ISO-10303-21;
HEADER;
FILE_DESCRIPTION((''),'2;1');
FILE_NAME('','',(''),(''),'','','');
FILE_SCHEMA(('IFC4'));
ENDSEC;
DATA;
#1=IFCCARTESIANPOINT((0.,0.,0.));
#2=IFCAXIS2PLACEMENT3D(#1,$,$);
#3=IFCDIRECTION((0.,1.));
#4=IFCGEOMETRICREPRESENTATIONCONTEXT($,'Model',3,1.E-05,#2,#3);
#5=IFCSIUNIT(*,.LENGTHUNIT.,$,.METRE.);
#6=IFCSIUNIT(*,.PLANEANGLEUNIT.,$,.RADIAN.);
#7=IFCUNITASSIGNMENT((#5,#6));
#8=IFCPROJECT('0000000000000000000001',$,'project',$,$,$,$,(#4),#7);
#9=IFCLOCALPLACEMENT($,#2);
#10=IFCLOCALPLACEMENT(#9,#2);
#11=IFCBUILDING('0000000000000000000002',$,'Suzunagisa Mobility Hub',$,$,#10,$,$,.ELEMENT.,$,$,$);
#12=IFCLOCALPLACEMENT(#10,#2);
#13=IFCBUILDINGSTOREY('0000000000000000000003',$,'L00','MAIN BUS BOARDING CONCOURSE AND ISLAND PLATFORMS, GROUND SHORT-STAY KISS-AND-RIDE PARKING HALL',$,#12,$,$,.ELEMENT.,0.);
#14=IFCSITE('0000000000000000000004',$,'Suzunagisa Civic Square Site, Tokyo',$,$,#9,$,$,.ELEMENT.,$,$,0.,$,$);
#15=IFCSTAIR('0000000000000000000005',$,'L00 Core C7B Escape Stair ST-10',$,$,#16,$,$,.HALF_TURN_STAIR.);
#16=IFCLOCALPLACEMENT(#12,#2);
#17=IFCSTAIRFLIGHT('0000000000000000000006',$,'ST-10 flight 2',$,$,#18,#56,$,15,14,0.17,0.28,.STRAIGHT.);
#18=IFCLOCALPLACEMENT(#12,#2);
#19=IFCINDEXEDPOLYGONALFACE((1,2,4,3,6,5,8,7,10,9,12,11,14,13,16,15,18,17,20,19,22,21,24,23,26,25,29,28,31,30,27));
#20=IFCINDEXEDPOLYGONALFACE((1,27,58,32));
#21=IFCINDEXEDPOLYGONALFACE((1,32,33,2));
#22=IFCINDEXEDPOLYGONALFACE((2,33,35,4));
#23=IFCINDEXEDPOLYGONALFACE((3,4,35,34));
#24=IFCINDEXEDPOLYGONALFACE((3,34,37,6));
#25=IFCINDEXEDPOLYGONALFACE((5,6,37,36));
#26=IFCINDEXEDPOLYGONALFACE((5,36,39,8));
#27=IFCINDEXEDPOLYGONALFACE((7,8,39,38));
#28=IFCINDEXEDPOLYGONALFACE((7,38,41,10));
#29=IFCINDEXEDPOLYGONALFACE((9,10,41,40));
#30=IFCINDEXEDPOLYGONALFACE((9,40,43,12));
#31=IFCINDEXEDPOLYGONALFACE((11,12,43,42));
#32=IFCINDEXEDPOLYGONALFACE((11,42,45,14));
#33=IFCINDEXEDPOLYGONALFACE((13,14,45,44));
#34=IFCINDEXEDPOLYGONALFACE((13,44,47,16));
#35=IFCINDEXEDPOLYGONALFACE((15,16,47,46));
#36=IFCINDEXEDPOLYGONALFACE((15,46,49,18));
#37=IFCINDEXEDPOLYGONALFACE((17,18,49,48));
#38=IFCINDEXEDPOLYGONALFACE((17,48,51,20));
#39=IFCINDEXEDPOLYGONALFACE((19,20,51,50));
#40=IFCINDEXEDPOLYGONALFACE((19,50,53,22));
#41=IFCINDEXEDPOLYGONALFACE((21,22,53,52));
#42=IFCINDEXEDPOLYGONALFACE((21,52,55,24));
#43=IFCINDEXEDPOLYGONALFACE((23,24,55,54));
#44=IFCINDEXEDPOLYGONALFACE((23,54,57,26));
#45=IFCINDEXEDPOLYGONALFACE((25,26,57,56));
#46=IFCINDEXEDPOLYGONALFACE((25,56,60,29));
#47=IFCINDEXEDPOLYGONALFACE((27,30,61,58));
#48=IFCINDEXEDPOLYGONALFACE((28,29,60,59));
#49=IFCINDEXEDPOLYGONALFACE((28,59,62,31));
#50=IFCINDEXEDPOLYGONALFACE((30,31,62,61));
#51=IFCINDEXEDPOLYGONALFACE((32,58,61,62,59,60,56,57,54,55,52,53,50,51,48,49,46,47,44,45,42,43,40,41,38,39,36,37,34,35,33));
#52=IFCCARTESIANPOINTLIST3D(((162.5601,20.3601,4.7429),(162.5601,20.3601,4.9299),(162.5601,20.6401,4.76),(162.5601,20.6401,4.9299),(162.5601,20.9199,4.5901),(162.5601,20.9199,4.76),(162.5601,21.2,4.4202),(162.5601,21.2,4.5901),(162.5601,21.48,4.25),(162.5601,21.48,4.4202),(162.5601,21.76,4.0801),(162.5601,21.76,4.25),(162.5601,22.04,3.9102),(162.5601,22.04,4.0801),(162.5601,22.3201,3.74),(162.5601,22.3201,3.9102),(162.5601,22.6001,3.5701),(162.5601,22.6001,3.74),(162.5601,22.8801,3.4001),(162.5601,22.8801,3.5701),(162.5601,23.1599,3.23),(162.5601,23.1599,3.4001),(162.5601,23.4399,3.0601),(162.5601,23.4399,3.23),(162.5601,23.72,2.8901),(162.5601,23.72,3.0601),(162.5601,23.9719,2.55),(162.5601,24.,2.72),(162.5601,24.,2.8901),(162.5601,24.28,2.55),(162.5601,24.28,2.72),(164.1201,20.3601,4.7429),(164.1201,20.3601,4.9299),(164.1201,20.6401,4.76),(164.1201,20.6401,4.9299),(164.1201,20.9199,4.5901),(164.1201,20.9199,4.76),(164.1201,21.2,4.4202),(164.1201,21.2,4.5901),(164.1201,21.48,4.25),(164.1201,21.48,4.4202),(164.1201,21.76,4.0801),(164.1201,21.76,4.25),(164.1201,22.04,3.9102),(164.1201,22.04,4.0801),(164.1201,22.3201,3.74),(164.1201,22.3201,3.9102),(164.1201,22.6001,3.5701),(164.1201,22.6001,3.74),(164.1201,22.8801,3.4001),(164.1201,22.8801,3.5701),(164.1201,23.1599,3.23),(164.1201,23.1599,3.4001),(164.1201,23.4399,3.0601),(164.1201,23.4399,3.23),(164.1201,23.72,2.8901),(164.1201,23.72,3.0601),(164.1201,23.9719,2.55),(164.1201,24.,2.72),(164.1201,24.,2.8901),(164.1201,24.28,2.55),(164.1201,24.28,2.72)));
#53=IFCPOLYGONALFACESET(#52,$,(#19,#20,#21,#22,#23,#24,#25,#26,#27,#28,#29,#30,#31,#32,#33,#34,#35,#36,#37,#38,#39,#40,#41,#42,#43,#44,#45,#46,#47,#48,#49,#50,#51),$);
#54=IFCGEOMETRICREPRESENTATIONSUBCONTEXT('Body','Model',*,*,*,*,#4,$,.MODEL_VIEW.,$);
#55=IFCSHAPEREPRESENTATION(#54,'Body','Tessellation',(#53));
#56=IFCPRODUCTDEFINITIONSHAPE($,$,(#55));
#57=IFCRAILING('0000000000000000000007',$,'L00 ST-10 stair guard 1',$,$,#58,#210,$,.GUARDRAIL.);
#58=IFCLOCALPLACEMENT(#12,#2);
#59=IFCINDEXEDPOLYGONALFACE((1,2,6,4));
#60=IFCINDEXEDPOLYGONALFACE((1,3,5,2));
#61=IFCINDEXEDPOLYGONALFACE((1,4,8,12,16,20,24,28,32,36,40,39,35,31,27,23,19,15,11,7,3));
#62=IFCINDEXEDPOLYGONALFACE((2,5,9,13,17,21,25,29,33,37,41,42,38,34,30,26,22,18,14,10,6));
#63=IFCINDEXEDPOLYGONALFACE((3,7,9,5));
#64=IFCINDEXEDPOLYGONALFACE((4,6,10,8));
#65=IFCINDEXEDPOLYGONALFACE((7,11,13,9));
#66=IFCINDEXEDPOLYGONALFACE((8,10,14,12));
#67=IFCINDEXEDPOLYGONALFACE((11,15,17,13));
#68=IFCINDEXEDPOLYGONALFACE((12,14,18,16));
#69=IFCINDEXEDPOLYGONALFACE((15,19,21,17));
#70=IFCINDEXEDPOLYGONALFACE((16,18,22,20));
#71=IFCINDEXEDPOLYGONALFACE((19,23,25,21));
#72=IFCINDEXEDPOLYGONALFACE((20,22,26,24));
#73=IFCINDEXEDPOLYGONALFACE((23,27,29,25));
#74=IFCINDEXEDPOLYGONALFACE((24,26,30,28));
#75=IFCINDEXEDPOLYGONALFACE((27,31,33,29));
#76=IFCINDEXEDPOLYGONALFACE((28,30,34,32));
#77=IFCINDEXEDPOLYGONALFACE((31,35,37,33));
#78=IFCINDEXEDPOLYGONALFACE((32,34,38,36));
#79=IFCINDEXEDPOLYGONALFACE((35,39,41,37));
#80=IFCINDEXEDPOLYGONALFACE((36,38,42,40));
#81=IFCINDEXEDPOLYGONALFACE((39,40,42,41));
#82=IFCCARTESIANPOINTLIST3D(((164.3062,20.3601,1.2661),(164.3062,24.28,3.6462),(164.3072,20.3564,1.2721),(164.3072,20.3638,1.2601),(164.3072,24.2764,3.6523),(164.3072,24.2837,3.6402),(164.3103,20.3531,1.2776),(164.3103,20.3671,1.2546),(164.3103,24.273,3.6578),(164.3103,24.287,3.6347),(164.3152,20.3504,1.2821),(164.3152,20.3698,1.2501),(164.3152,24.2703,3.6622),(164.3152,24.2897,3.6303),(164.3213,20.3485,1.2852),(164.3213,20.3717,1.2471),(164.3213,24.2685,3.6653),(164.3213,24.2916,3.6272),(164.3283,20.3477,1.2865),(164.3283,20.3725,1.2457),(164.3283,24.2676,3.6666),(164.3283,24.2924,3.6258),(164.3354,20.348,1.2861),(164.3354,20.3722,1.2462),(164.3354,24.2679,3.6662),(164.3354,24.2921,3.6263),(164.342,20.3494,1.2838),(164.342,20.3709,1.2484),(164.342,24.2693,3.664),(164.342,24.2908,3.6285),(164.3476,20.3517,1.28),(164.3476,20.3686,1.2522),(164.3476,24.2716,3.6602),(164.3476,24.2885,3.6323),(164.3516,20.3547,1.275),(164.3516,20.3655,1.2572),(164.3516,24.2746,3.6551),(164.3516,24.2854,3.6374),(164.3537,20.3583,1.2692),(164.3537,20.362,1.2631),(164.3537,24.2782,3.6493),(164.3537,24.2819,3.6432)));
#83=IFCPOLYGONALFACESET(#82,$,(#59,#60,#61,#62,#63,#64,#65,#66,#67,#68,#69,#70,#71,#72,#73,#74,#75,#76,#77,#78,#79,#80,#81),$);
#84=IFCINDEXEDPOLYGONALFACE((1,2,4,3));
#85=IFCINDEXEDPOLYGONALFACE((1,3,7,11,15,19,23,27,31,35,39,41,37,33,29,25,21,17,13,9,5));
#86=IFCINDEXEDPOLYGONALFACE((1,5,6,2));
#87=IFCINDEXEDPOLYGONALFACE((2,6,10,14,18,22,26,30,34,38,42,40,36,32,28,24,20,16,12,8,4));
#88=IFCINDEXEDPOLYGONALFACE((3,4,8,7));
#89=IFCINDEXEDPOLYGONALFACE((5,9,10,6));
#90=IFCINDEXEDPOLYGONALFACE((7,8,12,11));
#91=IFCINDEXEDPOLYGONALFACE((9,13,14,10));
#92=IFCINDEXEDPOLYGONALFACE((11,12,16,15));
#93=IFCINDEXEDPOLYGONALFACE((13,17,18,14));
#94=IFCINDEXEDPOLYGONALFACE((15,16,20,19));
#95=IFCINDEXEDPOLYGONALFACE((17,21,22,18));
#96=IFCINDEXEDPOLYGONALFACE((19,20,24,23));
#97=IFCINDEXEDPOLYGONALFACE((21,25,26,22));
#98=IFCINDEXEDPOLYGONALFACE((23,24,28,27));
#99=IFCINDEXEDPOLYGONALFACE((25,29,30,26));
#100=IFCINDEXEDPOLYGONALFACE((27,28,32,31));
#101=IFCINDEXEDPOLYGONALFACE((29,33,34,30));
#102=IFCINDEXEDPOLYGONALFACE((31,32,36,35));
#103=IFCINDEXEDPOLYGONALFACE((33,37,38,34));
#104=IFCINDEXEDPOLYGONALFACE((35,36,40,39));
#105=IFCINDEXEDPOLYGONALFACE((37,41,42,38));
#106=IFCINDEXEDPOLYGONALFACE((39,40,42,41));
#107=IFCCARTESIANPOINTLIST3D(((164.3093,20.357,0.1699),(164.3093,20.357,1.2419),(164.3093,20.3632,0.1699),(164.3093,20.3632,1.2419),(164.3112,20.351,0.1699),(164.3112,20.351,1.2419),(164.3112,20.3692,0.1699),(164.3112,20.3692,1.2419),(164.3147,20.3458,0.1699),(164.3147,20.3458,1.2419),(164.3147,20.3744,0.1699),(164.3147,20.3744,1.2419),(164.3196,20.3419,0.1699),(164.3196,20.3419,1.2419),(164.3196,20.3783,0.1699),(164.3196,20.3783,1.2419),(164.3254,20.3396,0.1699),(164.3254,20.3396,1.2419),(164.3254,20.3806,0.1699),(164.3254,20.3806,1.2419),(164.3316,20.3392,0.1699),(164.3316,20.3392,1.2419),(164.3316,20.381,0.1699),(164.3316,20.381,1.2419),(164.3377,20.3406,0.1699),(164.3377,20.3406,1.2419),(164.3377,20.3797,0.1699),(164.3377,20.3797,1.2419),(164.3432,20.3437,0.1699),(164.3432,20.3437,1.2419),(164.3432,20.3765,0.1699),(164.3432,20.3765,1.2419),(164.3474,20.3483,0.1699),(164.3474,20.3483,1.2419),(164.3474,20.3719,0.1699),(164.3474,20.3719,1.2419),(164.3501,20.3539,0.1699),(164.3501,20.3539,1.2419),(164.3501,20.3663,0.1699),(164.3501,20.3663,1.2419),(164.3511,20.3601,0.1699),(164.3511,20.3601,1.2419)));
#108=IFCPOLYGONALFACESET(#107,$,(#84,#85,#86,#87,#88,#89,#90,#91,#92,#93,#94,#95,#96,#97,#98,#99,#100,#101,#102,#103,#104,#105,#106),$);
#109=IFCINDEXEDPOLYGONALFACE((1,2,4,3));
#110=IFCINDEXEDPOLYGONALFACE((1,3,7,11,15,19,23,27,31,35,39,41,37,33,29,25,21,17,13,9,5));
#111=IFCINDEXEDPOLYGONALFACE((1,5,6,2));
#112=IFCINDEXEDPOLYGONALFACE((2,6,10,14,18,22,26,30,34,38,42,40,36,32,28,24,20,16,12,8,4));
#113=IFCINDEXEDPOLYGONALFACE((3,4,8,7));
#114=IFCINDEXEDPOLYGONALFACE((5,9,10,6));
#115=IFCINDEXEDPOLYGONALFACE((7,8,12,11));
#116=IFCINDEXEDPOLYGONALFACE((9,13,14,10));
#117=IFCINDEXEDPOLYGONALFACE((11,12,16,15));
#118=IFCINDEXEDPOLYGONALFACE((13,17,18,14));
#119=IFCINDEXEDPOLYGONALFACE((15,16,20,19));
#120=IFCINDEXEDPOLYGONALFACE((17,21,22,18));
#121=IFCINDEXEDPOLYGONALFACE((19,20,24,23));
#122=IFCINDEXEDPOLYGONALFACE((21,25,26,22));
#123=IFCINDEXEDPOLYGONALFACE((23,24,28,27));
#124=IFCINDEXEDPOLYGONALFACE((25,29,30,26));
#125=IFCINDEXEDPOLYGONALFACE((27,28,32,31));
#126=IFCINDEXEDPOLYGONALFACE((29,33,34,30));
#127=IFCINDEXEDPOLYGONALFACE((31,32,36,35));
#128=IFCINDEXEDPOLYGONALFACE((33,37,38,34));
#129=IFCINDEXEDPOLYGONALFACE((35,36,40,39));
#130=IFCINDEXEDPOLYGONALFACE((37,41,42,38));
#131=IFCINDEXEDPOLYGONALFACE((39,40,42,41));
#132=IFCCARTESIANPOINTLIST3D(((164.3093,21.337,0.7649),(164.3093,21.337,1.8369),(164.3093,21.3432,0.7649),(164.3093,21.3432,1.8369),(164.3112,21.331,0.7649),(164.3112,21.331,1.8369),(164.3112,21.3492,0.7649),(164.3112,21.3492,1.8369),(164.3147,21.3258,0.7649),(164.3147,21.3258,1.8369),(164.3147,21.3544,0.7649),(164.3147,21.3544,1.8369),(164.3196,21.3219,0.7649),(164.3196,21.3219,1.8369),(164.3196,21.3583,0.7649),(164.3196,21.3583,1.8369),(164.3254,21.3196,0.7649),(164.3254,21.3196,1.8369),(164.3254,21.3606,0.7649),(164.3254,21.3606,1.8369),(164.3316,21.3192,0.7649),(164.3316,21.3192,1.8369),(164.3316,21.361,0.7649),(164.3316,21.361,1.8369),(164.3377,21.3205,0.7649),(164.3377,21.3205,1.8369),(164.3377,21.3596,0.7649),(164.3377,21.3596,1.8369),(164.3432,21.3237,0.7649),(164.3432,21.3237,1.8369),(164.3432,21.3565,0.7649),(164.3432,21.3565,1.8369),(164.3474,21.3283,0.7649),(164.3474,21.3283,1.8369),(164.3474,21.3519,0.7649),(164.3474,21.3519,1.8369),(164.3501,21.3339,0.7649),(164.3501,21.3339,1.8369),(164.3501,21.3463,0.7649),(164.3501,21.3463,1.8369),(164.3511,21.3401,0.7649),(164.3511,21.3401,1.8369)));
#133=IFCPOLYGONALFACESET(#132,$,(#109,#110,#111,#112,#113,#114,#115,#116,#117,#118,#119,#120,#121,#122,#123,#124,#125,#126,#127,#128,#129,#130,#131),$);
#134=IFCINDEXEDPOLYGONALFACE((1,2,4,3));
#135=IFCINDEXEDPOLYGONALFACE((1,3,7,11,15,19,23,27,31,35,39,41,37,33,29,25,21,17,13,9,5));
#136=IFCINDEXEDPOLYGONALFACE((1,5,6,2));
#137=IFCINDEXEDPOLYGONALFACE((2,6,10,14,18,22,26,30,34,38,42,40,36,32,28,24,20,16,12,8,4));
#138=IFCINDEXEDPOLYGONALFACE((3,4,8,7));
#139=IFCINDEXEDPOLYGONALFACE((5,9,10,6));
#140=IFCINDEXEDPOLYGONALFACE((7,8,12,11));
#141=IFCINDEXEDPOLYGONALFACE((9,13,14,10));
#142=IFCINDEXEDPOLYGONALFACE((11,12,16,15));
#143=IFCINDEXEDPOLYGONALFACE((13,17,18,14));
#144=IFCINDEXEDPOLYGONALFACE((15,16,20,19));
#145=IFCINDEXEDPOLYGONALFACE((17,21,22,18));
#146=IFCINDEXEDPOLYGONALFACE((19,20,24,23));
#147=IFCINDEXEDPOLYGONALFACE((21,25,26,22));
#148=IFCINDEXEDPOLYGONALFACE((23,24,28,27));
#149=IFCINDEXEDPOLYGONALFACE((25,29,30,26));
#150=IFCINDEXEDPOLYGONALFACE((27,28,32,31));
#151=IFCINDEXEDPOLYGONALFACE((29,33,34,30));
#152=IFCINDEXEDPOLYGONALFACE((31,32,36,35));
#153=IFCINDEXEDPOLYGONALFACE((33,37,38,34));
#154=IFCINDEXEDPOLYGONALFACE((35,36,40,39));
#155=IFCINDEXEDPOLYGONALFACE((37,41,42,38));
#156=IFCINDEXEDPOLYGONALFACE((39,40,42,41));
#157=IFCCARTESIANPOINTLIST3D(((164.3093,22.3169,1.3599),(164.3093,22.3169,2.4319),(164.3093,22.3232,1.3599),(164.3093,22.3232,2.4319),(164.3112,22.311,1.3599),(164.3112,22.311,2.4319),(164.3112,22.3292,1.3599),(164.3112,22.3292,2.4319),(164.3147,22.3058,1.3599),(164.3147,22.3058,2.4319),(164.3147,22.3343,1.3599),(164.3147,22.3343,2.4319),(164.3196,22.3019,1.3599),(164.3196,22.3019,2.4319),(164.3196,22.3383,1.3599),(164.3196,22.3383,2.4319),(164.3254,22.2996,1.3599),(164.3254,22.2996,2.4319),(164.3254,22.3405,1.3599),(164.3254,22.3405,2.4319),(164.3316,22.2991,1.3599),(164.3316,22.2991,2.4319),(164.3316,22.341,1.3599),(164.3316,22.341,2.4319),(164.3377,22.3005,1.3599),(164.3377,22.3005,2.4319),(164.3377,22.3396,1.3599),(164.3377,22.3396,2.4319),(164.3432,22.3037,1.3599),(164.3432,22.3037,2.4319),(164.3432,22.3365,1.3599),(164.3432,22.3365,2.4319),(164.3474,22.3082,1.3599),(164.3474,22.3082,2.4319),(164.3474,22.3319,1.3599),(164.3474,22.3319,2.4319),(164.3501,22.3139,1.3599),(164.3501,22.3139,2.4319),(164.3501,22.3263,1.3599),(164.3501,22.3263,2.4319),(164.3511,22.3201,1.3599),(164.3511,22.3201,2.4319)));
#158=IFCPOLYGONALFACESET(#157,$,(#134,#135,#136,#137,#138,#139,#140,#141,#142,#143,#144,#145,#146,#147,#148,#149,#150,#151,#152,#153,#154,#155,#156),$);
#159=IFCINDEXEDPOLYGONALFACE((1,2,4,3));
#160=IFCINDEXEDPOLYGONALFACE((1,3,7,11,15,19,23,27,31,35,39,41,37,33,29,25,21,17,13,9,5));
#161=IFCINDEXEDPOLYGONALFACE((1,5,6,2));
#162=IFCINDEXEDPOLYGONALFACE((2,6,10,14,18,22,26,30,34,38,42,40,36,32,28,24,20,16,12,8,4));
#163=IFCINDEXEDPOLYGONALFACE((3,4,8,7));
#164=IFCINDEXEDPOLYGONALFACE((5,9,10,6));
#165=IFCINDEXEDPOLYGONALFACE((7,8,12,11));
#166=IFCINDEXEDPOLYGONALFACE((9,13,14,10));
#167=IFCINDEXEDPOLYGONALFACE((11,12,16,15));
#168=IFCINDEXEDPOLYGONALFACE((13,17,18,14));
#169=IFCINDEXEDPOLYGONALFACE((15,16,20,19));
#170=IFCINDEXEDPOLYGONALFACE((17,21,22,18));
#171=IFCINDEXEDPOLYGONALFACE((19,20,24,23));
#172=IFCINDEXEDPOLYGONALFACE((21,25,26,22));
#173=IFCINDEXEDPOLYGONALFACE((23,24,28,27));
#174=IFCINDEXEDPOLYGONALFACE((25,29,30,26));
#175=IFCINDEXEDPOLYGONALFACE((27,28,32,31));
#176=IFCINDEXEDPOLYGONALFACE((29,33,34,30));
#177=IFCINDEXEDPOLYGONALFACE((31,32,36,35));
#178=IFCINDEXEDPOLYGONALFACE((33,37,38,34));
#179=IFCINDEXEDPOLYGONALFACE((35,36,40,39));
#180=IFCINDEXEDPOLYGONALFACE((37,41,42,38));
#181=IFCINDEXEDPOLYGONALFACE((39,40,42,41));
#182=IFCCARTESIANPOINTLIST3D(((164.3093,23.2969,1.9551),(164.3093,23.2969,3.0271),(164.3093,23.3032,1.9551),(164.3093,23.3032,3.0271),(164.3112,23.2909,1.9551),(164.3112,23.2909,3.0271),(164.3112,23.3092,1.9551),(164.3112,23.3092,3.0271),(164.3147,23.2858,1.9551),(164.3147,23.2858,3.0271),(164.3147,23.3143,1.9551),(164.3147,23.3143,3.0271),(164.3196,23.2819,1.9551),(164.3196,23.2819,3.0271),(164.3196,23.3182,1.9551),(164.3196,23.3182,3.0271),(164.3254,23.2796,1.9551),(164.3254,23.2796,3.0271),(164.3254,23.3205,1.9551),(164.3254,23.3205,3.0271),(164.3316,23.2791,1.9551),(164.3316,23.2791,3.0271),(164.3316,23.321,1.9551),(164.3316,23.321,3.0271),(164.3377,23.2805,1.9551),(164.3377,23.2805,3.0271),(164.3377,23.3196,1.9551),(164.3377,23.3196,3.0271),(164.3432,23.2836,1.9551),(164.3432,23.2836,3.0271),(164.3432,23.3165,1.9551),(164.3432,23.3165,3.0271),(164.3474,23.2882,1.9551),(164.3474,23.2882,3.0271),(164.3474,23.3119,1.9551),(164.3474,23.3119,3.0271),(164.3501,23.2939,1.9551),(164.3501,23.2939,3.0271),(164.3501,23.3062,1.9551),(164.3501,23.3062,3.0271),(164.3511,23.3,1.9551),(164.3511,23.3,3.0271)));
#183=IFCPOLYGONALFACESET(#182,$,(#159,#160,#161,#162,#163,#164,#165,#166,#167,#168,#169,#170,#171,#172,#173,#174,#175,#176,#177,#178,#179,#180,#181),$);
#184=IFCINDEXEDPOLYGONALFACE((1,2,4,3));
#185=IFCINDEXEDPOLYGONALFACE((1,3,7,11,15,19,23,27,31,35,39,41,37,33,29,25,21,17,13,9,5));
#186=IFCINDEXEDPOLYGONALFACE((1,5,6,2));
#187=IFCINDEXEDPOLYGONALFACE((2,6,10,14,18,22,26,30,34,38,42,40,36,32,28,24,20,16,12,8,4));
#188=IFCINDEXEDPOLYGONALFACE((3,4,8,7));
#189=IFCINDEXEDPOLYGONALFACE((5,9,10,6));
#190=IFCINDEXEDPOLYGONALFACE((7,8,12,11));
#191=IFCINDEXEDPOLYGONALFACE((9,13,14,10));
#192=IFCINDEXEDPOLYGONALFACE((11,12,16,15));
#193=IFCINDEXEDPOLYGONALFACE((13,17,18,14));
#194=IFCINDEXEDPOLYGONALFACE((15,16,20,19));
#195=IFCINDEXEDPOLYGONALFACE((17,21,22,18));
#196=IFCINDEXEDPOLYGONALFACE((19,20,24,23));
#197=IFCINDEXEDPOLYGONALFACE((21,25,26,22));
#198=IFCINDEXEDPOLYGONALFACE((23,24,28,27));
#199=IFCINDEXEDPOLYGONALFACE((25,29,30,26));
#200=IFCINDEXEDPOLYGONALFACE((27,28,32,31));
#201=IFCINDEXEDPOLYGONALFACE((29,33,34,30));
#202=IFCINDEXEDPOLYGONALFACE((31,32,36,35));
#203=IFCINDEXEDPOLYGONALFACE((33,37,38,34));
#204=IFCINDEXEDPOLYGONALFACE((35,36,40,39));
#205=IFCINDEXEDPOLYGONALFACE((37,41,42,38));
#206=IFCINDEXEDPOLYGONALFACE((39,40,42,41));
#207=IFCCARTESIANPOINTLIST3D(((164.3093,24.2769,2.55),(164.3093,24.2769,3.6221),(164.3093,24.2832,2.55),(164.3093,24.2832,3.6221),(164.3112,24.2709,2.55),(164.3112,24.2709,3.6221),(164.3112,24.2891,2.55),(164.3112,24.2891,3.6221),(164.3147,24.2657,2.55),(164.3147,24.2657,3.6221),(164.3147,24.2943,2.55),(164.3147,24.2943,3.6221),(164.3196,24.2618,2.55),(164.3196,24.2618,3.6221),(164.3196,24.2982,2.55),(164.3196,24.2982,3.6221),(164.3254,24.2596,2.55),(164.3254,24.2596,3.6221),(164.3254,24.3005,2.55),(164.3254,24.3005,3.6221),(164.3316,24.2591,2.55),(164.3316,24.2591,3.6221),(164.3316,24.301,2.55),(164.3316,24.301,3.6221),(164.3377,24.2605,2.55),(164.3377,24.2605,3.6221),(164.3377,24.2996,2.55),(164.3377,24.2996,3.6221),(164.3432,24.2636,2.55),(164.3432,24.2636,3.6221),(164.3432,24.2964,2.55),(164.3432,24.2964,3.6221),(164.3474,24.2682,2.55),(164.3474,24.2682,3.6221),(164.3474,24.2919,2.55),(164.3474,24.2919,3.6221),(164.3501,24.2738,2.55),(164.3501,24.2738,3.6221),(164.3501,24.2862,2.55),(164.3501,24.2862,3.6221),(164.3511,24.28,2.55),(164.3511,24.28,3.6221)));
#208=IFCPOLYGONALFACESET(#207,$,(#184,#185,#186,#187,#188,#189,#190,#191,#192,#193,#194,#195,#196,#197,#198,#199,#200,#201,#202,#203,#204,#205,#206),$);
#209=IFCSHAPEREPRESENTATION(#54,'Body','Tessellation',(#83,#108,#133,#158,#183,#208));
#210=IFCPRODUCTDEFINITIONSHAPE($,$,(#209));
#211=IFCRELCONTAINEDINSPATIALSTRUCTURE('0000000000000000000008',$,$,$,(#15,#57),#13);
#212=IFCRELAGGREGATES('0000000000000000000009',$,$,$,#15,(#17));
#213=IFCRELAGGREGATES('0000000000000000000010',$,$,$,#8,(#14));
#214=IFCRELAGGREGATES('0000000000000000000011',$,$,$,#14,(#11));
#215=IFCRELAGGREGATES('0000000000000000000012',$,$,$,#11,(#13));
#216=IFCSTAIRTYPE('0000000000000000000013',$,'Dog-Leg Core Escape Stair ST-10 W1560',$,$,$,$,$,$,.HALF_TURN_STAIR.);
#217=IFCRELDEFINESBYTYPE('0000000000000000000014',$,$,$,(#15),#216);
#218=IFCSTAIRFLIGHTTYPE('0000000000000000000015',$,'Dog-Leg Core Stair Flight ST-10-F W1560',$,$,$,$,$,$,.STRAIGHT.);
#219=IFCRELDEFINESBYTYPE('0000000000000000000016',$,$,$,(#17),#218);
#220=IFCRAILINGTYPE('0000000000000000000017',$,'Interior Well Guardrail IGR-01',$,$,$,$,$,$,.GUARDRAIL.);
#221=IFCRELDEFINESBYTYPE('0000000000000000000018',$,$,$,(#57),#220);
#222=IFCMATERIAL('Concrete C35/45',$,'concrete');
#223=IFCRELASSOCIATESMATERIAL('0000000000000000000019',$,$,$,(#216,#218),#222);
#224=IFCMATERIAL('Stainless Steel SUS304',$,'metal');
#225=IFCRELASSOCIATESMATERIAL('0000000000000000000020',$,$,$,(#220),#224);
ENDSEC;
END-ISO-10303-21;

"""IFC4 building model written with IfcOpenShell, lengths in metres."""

from ifc_helpers import new_model, si_unit, direction, frame, origin, origin_2d, place, context, subcontext, project, spatial, polyline, circle, outline, extrude, material, type_object, element, aggregate, save


model = new_model("IFC4")

# Units and contexts
model_context = context("Model", 3, precision=1e-05, world=origin(), true_north=direction((0.0, 1.0)))
body_context = subcontext(model_context, "Body", "Model", "MODEL_VIEW")
ifc_project = project(units=[si_unit("LENGTHUNIT", "METRE"), si_unit("PLANEANGLEUNIT", "RADIAN")], contexts=[model_context])

# Site, building, storey
site_placement = place(None, origin())
site = spatial("IfcSite", under=ifc_project, at=site_placement, Name="Suzunagisa Civic Square Site, Tokyo", CompositionType="ELEMENT", RefElevation=0.0)
building_placement = place(site_placement, origin())
building = spatial("IfcBuilding", under=site, at=building_placement, Name="Suzunagisa Mobility Hub", CompositionType="ELEMENT")
storey_placement = place(building_placement, origin())
storey = spatial("IfcBuildingStorey", under=building, at=storey_placement, Name="L00", Description="MAIN BUS BOARDING CONCOURSE AND ISLAND PLATFORMS, GROUND SHORT-STAY KISS-AND-RIDE PARKING HALL", CompositionType="ELEMENT", Elevation=0.0)

# Shared definitions
ifc_material_1 = material(Name="Concrete C35/45", Category="concrete")

# Stair, stair flight
stair_type = type_object("IfcStairType", Name="Dog-Leg Core Escape Stair ST-10 W1560", PredefinedType="HALF_TURN_STAIR", material=ifc_material_1)
stair_placement = place(storey_placement, origin())
stair = element("IfcStair", 1, at=stair_placement, inside=storey, type_object=stair_type, Name="L00 Core C7B Escape Stair ST-10", PredefinedType="HALF_TURN_STAIR")
stair_flight_type = type_object("IfcStairFlightType", Name="Dog-Leg Core Stair Flight ST-10-F W1560", PredefinedType="STRAIGHT", material=ifc_material_1)
stair_flight_1_placement = place(storey_placement, frame((163.3401, 24.28, 2.55), z_axis=(0.0, 0.0, 1.0), x_axis=(0.0, -1.0, 0.0)))
stair_flight_1 = element("IfcStairFlight", 2, at=stair_flight_1_placement, type_object=stair_flight_type, Name="ST-10 flight 2", NumberOfRisers=15, NumberOfTreads=14, PredefinedType="STRAIGHT", RiserHeight=0.17, TreadLength=0.28, context=body_context, shape_type="SweptSolid", body=[
    extrude(outline(polyline([(0.0, 0.0), (0.0, 0.1699), (0.28, 0.1699), (0.28, 0.3401), (0.5601, 0.3401), (0.5601, 0.51), (0.8401, 0.51), (0.8401, 0.6799), (1.1201, 0.6799), (1.1201, 0.8501), (1.3999, 0.8501), (1.3999, 1.02), (1.6799, 1.02), (1.6799, 1.1899), (1.96, 1.1899), (1.96, 1.3601), (2.24, 1.3601), (2.24, 1.53), (2.52, 1.53), (2.52, 1.7), (2.8, 1.7), (2.8, 1.8701), (3.0801, 1.8701), (3.0801, 2.04), (3.3601, 2.04), (3.3601, 2.21), (3.6399, 2.21), (3.6399, 2.3799), (3.9199, 2.3799), (3.9199, 2.55), (3.9199, 2.1929), (0.3081, 0.0), (0.0, 0.0)])), frame((0.0, 0.78, 0.0), z_axis=(0.0, -1.0, 0.0), x_axis=(1.0, 0.0, 0.0)), (0.0, 0.0, 1.0), 1.5601),
])
aggregate(stair, [stair_flight_1])

# Railing
ifc_material_2 = material(Name="Stainless Steel SUS304", Category="metal")
railing_type_1 = type_object("IfcRailingType", Name="Interior Well Guardrail IGR-01", PredefinedType="GUARDRAIL", material=ifc_material_2)
railing_1_placement = place(storey_placement, frame((164.3301, 20.3601, 0.1699)))
element("IfcRailing", 3, at=railing_1_placement, inside=storey, type_object=railing_type_1, Name="L00 ST-10 stair guard 1", PredefinedType="GUARDRAIL", context=body_context, shape_type="SweptSolid", body=[
    extrude(circle(Radius=0.0239, at=origin_2d()), frame((0.0, 0.0, 1.0962), z_axis=(0.0, 0.854771, 0.519006), x_axis=(-1.0, 0.0, 0.0)), (0.0, 0.0, 1.0), 4.5859),
    extrude(circle(Radius=0.021, at=origin_2d()), origin(), (0.0, 0.0, 1.0), 1.072),
    extrude(circle(Radius=0.021, at=origin_2d()), frame((0.0, 0.98, 0.595)), (0.0, 0.0, 1.0), 1.072),
    extrude(circle(Radius=0.021, at=origin_2d()), frame((0.0, 1.96, 1.1899)), (0.0, 0.0, 1.0), 1.072),
    extrude(circle(Radius=0.021, at=origin_2d()), frame((0.0, 2.9399, 1.7852)), (0.0, 0.0, 1.0), 1.072),
    extrude(circle(Radius=0.021, at=origin_2d()), frame((0.0, 3.9199, 2.3801)), (0.0, 0.0, 1.0), 1.072),
])

save(model, "model.ifc")
